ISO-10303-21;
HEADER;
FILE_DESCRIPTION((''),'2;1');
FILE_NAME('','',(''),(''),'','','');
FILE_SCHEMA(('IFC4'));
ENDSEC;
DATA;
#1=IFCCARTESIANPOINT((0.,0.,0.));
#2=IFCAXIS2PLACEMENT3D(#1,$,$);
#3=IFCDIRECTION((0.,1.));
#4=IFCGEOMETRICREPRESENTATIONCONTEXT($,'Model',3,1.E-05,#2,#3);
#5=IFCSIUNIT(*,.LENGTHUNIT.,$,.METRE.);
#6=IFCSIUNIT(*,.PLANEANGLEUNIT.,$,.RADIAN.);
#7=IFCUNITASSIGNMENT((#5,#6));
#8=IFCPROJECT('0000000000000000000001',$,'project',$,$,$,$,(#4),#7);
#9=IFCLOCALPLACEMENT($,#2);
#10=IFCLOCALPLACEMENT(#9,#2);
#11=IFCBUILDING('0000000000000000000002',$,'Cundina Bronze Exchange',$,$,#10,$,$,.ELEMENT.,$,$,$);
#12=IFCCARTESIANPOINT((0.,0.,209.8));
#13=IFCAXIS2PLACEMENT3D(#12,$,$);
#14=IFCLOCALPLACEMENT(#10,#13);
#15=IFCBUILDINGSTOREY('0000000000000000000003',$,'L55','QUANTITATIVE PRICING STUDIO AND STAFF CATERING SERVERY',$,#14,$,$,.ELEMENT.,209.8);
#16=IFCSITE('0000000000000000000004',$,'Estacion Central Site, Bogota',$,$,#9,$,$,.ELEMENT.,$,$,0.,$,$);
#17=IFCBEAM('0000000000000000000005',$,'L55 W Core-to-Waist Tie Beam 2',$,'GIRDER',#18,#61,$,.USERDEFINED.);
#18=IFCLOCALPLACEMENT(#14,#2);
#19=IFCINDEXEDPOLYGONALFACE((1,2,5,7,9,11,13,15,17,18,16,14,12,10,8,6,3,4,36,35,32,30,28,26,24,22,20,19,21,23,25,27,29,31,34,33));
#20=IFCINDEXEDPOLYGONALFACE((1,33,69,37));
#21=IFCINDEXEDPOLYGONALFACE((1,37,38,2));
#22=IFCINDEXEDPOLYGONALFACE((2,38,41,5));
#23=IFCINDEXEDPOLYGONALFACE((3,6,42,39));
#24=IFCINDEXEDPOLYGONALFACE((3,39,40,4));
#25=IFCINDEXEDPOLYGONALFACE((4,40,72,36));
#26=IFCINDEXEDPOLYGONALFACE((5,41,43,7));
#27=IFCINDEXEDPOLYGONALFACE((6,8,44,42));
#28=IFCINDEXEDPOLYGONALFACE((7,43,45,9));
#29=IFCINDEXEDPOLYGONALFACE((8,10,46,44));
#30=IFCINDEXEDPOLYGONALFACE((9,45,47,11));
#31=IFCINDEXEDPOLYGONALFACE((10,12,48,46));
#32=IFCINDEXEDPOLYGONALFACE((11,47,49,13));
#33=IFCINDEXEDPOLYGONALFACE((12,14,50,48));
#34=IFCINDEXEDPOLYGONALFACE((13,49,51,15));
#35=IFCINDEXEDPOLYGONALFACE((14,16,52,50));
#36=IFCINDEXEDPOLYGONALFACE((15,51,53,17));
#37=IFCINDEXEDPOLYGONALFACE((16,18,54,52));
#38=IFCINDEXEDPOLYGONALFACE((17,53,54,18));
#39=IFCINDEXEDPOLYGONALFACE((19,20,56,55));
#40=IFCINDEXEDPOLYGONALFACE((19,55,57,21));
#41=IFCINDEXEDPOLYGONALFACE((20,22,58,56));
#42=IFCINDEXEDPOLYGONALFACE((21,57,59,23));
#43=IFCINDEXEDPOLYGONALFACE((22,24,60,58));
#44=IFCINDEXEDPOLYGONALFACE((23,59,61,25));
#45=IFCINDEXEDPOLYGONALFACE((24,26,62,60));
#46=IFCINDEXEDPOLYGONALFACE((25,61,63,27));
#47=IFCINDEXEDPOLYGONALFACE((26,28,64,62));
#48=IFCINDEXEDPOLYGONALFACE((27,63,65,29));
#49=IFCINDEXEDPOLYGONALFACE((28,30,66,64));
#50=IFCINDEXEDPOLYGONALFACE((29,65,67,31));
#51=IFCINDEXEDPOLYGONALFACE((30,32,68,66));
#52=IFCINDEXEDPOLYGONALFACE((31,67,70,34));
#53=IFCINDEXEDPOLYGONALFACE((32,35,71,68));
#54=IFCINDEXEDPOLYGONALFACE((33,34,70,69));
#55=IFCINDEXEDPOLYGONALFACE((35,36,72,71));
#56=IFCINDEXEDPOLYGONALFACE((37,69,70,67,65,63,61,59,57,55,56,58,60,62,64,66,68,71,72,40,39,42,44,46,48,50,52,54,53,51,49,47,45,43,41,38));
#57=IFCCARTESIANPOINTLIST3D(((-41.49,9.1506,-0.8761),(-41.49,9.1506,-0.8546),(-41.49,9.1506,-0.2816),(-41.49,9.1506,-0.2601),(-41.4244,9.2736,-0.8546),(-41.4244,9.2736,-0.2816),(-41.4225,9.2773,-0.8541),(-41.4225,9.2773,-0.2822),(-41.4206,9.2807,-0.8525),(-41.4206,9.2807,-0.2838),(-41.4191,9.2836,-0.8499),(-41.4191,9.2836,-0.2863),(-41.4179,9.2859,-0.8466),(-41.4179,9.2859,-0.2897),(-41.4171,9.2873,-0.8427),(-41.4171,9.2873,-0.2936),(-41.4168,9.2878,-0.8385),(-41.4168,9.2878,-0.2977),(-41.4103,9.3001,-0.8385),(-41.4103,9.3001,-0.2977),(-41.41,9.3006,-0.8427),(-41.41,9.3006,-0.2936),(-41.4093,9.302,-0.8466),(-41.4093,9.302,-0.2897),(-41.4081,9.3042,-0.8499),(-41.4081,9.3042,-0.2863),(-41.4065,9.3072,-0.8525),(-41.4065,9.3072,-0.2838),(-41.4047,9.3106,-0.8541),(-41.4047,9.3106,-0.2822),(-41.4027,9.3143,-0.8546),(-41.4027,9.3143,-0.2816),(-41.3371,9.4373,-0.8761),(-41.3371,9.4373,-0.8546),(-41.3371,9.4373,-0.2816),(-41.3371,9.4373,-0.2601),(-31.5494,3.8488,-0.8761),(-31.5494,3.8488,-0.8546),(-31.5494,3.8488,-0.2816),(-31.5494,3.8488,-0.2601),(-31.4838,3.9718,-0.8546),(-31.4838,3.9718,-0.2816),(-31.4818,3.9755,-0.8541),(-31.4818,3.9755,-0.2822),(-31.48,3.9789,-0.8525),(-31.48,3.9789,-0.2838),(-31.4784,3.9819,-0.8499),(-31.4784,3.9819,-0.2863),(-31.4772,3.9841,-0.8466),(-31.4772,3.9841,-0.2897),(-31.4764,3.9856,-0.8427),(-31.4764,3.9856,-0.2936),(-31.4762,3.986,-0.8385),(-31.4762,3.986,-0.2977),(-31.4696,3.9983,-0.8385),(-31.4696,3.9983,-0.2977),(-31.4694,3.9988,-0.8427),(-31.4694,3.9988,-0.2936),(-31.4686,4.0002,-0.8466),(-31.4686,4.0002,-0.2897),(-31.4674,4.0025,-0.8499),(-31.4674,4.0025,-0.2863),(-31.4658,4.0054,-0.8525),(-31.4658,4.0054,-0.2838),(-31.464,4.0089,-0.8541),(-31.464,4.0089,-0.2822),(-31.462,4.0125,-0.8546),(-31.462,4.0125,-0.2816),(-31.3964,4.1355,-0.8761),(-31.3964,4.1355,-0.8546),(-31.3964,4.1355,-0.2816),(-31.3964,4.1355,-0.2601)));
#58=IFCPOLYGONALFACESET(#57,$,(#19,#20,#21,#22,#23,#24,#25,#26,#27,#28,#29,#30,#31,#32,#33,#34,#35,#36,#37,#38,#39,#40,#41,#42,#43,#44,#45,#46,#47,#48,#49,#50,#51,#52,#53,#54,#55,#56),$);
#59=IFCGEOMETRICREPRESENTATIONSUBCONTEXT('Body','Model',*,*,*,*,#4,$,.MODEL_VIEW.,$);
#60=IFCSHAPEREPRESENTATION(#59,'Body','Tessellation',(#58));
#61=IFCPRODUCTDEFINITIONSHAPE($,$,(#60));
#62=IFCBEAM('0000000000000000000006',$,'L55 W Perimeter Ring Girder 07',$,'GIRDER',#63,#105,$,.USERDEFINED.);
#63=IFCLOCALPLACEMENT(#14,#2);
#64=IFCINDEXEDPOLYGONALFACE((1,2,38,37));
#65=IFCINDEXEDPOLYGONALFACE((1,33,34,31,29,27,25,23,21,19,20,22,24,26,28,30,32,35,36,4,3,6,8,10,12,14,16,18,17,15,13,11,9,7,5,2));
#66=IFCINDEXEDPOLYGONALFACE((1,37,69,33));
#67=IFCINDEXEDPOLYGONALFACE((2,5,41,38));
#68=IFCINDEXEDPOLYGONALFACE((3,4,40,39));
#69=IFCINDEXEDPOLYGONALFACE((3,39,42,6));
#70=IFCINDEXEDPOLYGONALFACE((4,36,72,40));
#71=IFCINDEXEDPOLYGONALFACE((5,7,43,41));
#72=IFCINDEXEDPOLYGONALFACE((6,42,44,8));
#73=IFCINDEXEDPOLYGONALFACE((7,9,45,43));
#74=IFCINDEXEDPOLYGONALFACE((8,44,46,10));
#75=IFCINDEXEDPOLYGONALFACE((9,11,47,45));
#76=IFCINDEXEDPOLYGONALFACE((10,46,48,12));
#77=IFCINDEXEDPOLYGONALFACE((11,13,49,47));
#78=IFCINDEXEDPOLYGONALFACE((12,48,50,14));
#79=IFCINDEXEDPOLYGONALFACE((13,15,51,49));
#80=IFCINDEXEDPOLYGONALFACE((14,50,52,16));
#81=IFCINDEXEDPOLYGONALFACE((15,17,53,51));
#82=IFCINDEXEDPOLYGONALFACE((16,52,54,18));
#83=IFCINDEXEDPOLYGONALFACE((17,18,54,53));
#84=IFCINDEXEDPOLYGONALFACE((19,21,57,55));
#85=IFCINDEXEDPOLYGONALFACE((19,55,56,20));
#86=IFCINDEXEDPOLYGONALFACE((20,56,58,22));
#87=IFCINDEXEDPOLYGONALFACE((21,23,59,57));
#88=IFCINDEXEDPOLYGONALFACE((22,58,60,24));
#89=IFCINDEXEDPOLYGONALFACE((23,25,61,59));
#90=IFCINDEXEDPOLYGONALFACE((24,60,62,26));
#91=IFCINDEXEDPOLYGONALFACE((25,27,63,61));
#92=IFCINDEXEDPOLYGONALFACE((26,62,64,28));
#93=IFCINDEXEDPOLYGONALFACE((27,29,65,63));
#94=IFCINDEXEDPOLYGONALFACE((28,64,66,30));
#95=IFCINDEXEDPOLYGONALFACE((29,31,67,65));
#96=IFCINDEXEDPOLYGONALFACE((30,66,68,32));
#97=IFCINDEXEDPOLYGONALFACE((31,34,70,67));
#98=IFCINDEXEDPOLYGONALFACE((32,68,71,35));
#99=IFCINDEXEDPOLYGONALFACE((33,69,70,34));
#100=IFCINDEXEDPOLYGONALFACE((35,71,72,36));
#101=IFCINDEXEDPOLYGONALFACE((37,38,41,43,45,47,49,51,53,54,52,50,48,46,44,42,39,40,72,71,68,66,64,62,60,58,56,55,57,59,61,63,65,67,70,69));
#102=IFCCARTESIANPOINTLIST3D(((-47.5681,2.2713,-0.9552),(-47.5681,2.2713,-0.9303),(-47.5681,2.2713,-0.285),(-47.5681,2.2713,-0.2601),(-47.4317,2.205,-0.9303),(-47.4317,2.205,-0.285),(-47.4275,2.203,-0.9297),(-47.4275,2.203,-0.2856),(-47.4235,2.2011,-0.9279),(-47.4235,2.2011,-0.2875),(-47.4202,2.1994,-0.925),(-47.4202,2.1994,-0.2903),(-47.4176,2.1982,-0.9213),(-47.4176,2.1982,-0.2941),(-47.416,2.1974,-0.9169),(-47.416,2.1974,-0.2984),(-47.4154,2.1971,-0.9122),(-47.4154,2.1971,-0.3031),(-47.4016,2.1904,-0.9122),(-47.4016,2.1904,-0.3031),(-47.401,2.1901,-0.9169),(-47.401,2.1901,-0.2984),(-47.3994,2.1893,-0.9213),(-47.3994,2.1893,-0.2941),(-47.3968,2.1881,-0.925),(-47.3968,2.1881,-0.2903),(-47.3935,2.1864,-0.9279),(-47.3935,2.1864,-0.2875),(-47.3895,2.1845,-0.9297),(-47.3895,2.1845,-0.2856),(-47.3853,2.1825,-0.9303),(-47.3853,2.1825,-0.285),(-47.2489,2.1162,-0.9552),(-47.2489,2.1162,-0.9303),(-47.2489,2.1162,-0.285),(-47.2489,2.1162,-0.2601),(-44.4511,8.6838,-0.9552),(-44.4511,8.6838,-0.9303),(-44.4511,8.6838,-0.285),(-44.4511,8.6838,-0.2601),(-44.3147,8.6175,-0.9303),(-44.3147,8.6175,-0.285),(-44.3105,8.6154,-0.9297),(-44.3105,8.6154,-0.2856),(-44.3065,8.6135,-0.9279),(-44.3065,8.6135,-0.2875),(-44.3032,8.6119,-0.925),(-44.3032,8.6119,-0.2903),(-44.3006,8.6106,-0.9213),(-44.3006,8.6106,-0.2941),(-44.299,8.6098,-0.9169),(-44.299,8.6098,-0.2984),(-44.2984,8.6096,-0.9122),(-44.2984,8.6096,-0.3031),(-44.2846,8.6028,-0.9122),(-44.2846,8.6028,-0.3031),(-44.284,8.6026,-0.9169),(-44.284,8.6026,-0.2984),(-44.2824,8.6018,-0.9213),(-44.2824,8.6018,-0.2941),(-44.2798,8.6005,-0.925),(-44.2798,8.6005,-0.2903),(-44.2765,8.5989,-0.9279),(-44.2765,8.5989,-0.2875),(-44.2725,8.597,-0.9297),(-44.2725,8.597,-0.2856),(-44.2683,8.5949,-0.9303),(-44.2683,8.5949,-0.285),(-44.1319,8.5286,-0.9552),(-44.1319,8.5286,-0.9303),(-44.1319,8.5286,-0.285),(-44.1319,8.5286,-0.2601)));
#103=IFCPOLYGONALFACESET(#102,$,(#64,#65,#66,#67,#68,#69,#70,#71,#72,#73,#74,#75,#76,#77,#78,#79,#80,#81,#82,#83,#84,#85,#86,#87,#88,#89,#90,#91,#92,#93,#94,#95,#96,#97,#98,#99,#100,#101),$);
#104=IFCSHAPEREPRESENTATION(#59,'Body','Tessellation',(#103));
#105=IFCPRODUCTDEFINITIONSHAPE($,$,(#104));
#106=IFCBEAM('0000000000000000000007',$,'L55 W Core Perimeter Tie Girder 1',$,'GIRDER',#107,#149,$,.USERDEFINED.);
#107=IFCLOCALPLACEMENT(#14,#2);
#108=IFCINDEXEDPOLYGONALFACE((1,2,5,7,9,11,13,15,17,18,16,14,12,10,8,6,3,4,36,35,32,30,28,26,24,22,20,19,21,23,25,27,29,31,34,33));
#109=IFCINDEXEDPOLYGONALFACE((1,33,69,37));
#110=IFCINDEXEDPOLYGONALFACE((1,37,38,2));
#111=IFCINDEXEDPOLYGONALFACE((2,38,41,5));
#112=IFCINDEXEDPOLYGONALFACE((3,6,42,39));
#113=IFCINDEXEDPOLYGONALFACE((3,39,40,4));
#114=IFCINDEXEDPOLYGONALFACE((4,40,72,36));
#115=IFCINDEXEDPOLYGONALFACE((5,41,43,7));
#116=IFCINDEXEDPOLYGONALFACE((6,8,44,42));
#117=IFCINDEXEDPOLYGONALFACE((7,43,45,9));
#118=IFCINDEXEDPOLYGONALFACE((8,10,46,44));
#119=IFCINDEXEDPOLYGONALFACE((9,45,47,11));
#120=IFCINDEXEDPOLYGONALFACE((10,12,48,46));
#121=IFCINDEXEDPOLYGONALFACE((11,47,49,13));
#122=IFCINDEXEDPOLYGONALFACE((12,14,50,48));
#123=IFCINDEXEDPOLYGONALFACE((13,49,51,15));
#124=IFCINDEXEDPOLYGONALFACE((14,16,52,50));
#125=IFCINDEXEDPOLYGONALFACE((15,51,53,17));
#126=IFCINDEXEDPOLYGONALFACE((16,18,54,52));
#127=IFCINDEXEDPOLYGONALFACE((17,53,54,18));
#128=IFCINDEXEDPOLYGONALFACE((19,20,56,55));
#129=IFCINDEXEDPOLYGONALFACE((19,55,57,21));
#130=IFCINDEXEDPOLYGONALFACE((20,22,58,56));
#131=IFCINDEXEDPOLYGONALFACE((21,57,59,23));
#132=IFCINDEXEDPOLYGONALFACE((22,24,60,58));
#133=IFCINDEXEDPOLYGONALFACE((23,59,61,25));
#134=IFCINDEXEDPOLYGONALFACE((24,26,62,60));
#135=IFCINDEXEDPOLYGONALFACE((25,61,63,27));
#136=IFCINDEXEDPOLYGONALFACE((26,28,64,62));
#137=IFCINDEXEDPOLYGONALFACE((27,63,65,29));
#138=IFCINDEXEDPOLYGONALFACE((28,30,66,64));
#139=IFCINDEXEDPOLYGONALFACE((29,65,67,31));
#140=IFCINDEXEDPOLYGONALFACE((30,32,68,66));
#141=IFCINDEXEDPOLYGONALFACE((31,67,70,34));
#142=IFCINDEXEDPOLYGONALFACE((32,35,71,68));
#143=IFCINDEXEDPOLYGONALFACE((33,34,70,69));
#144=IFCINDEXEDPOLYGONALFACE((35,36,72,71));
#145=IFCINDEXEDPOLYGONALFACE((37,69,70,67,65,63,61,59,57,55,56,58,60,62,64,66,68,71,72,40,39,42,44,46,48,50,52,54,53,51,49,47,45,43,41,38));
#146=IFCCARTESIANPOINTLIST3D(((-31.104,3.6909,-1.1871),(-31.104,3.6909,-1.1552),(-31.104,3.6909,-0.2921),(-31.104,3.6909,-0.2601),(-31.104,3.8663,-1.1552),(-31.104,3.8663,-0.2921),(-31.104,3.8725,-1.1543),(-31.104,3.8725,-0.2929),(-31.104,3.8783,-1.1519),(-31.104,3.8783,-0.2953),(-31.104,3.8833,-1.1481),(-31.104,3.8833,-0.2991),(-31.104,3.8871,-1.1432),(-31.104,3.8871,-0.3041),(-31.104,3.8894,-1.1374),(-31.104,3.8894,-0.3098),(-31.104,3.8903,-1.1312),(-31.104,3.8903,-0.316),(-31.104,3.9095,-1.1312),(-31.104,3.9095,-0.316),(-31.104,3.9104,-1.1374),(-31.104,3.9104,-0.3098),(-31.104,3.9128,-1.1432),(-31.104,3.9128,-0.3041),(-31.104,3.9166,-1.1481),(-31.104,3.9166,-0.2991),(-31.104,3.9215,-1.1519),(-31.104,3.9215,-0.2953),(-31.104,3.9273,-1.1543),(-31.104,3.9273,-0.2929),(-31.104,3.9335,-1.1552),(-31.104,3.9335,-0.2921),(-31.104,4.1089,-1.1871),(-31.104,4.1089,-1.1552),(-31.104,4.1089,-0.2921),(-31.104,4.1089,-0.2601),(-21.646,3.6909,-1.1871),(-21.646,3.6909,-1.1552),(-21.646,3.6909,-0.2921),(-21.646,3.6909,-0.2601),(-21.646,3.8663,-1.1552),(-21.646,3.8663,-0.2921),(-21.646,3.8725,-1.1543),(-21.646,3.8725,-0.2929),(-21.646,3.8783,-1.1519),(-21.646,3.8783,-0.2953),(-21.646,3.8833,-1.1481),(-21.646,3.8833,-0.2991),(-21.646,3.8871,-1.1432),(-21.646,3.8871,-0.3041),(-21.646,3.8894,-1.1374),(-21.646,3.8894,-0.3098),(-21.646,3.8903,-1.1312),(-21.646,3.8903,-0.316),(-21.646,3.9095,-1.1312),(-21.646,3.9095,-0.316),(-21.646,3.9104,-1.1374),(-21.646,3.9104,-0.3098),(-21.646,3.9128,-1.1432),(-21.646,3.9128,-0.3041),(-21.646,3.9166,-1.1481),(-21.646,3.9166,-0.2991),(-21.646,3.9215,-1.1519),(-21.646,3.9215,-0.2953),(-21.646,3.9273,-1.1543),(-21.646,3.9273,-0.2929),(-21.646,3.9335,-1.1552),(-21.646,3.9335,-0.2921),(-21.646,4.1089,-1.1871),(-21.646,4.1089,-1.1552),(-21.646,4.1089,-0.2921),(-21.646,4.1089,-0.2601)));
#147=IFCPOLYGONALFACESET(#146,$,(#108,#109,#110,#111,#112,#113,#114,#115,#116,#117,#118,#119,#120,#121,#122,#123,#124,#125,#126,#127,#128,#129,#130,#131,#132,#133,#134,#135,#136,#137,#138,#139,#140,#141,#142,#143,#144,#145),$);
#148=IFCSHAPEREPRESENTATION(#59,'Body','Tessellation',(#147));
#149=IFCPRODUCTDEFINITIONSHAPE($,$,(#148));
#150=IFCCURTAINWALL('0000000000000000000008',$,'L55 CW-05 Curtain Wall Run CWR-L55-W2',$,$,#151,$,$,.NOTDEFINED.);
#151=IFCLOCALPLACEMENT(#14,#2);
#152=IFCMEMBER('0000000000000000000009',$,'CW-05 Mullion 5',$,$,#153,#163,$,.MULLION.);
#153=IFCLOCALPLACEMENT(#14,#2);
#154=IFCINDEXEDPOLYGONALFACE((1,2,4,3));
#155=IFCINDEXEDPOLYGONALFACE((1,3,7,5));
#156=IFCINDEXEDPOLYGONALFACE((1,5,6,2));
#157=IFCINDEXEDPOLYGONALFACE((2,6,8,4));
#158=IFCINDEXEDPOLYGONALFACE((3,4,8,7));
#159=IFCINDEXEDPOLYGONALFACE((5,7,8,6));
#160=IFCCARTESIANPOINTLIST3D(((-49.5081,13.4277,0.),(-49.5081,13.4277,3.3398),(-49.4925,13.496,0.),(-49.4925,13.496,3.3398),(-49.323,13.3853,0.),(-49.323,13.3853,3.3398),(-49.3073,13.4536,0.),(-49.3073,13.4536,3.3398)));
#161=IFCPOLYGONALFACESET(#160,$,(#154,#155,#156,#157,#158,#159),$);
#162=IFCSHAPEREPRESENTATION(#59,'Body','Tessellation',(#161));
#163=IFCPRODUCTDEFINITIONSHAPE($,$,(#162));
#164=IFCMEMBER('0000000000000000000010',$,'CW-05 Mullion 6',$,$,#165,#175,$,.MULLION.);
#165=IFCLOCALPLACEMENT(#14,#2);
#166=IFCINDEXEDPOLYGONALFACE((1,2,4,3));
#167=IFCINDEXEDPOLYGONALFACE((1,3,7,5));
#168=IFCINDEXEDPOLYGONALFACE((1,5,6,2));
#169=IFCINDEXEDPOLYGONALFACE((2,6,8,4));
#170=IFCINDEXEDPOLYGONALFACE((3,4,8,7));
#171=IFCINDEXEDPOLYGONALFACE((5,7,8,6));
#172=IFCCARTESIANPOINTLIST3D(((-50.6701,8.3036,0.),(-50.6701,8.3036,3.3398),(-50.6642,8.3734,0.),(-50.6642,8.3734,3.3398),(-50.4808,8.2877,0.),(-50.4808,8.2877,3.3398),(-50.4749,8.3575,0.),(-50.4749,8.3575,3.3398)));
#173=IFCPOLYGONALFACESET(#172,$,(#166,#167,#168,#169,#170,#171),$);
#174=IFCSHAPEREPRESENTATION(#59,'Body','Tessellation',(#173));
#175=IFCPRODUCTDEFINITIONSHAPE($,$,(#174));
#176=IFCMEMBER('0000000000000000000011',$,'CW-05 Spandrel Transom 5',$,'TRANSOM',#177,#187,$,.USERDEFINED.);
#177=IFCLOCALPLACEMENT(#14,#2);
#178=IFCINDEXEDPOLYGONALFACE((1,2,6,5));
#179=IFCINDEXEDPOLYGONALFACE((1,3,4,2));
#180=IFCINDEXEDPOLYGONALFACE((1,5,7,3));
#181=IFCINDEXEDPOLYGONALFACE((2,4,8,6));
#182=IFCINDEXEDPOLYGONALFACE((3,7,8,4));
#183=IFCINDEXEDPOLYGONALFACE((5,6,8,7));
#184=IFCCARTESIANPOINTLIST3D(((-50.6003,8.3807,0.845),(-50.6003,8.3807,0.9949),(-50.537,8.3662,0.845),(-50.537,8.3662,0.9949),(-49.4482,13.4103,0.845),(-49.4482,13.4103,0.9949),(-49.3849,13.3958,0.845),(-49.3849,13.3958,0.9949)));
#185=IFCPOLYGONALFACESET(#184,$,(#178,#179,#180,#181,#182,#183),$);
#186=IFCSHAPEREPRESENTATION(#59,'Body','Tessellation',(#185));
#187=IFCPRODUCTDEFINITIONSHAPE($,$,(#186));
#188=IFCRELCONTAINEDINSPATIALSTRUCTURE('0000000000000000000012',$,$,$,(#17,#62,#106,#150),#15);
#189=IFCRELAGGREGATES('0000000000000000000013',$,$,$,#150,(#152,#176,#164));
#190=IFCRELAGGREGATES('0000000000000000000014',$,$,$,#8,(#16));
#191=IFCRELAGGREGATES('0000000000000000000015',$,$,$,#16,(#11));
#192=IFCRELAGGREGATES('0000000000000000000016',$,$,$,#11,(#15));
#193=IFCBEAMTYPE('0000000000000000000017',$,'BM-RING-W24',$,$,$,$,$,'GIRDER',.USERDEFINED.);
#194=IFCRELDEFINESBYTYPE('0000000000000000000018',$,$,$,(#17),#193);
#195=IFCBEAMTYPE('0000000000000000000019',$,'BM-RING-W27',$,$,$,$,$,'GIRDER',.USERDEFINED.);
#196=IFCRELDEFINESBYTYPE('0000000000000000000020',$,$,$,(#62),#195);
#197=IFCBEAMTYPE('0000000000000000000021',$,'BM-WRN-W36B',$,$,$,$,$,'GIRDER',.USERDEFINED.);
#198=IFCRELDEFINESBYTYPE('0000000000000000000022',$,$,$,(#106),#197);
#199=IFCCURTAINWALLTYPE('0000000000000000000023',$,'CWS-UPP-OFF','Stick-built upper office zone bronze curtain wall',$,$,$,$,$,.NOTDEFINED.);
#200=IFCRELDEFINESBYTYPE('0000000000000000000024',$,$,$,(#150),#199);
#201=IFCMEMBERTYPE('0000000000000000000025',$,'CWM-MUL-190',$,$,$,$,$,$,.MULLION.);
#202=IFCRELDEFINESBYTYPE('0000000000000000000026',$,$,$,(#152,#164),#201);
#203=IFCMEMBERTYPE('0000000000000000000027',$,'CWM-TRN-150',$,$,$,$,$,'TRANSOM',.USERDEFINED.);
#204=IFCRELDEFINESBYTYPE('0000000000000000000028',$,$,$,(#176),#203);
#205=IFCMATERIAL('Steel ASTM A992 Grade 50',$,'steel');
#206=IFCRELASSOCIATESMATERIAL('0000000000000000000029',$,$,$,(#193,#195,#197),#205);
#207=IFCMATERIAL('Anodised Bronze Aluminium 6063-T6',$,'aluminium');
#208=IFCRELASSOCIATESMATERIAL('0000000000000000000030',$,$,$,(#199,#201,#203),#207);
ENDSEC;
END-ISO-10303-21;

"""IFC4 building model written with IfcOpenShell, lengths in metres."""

from ifc_helpers import new_model, si_unit, direction, frame, origin, origin_2d, place, context, subcontext, project, spatial, rectangle, i_section, extrude, material, material_profile, profile_set, type_object, element, aggregate, save


model = new_model("IFC4")

# Units and contexts
model_context = context("Model", 3, precision=1e-05, world=origin(), true_north=direction((0.0, 1.0)))
body_context = subcontext(model_context, "Body", "Model", "MODEL_VIEW")
ifc_project = project(units=[si_unit("LENGTHUNIT", "METRE"), si_unit("PLANEANGLEUNIT", "RADIAN")], contexts=[model_context])

# Site, building, storey
site_placement = place(None, origin())
site = spatial("IfcSite", under=ifc_project, at=site_placement, Name="Estacion Central Site, Bogota", CompositionType="ELEMENT", RefElevation=0.0)
building_placement = place(site_placement, origin())
building = spatial("IfcBuilding", under=site, at=building_placement, Name="Cundina Bronze Exchange", CompositionType="ELEMENT")
storey_placement = place(building_placement, frame((0.0, 0.0, 209.8)))
storey = spatial("IfcBuildingStorey", under=building, at=storey_placement, Name="L55", Description="QUANTITATIVE PRICING STUDIO AND STAFF CATERING SERVERY", CompositionType="ELEMENT", Elevation=209.8)

# Shared definitions
ifc_material_1 = material(Name="Steel ASTM A992 Grade 50", Category="steel")

# Beams
ifc_material_profile_1 = material_profile(ifc_material_1, i_section(OverallWidth=0.325, OverallDepth=0.616, WebThickness=0.0139, FlangeThickness=0.0215, FilletRadius=0.0161, at=origin_2d()), Name="W24X117", Category="steel")
ifc_profile_set_1 = profile_set([ifc_material_profile_1], Name="Steel ASTM A992 Grade 50")
beam_type_1 = type_object("IfcBeamType", Name="BM-RING-W24", ElementType="GIRDER", PredefinedType="USERDEFINED", material=ifc_profile_set_1)
beam_1_placement = place(storey_placement, frame((-31.4729, 3.9922, -0.5681), z_axis=(-0.882351, 0.470593, 0.0), x_axis=(-0.470593, -0.882351, 0.0)))
element("IfcBeam", 1, at=beam_1_placement, inside=storey, type_object=beam_type_1, Name="L55 W Core-to-Waist Tie Beam 2", ObjectType="GIRDER", PredefinedType="USERDEFINED", context=body_context, shape_type="SweptSolid", body=[
    extrude(i_section(OverallWidth=0.325, OverallDepth=0.616, WebThickness=0.0139, FlangeThickness=0.0215, FilletRadius=0.0161, at=origin_2d()), origin(), (0.0, 0.0, 1.0), 11.2661),
])
ifc_material_profile_2 = material_profile(ifc_material_1, i_section(OverallWidth=0.355, OverallDepth=0.6951, WebThickness=0.0154, FlangeThickness=0.0249, FilletRadius=0.0181, at=origin_2d()), Name="W27X146", Category="steel")
ifc_profile_set_2 = profile_set([ifc_material_profile_2], Name="Steel ASTM A992 Grade 50")
beam_type_2 = type_object("IfcBeamType", Name="BM-RING-W27", ElementType="GIRDER", PredefinedType="USERDEFINED", material=ifc_profile_set_2)
beam_2_placement = place(storey_placement, frame((-44.2915, 8.6062, -0.6077), z_axis=(-0.437173, -0.899377, 0.0), x_axis=(0.899377, -0.437173, 0.0)))
element("IfcBeam", 2, at=beam_2_placement, inside=storey, type_object=beam_type_2, Name="L55 W Perimeter Ring Girder 07", ObjectType="GIRDER", PredefinedType="USERDEFINED", context=body_context, shape_type="SweptSolid", body=[
    extrude(i_section(OverallWidth=0.355, OverallDepth=0.6951, WebThickness=0.0154, FlangeThickness=0.0249, FilletRadius=0.0181, at=origin_2d()), origin(), (0.0, 0.0, 1.0), 7.1299),
])
ifc_material_profile_3 = material_profile(ifc_material_1, i_section(OverallWidth=0.418, OverallDepth=0.927, WebThickness=0.0193, FlangeThickness=0.032, FilletRadius=0.0239, at=origin_2d()), Name="W36X231", Category="steel")
ifc_profile_set_3 = profile_set([ifc_material_profile_3], Name="Steel ASTM A992 Grade 50")
beam_type_3 = type_object("IfcBeamType", Name="BM-WRN-W36B", ElementType="GIRDER", PredefinedType="USERDEFINED", material=ifc_profile_set_3)
beam_3_placement = place(storey_placement, frame((-31.104, 3.8999, -0.7236), z_axis=(1.0, 0.0, 0.0), x_axis=(0.0, 1.0, 0.0)))
element("IfcBeam", 3, at=beam_3_placement, inside=storey, type_object=beam_type_3, Name="L55 W Core Perimeter Tie Girder 1", ObjectType="GIRDER", PredefinedType="USERDEFINED", context=body_context, shape_type="SweptSolid", body=[
    extrude(i_section(OverallWidth=0.418, OverallDepth=0.927, WebThickness=0.0193, FlangeThickness=0.032, FilletRadius=0.0239, at=origin_2d()), origin(), (0.0, 0.0, 1.0), 9.458),
])

# Curtain wall, members
ifc_material_2 = material(Name="Anodised Bronze Aluminium 6063-T6", Category="aluminium")
curtain_wall_type = type_object("IfcCurtainWallType", Name="CWS-UPP-OFF", Description="Stick-built upper office zone bronze curtain wall", PredefinedType="NOTDEFINED", material=ifc_material_2)
curtain_wall_placement = place(storey_placement, origin())
curtain_wall = element("IfcCurtainWall", 4, at=curtain_wall_placement, inside=storey, type_object=curtain_wall_type, Name="L55 CW-05 Curtain Wall Run CWR-L55-W2", PredefinedType="NOTDEFINED")
ifc_material_profile_4 = material_profile(ifc_material_2, rectangle(XDim=0.0701, YDim=0.1899, at=origin_2d()), Name="AL70X190", Category="aluminium")
ifc_profile_set_4 = profile_set([ifc_material_profile_4], Name="Anodised Bronze Aluminium 6063-T6")
member_type_1 = type_object("IfcMemberType", Name="CWM-MUL-190", PredefinedType="MULLION", material=ifc_profile_set_4)
member_1_placement = place(storey_placement, frame((-49.4077, 13.4407, 0.0), z_axis=(0.0, 0.0, 1.0), x_axis=(-0.22325, -0.974761, 0.0)))
member_1 = element("IfcMember", 5, at=member_1_placement, type_object=member_type_1, Name="CW-05 Mullion 5", PredefinedType="MULLION", context=body_context, shape_type="SweptSolid", body=[
    extrude(rectangle(XDim=0.0701, YDim=0.1899, at=origin_2d()), origin(), (0.0, 0.0, 1.0), 3.3398),
])
member_2_placement = place(storey_placement, frame((-50.5725, 8.3306, 0.0), z_axis=(0.0, 0.0, 1.0), x_axis=(-0.083678, -0.996493, 0.0)))
member_2 = element("IfcMember", 6, at=member_2_placement, type_object=member_type_1, Name="CW-05 Mullion 6", PredefinedType="MULLION", context=body_context, shape_type="SweptSolid", body=[
    extrude(rectangle(XDim=0.0701, YDim=0.1899, at=origin_2d()), origin(), (0.0, 0.0, 1.0), 3.3398),
])
ifc_material_profile_5 = material_profile(ifc_material_2, rectangle(XDim=0.0649, YDim=0.1499, at=origin_2d()), Name="AL65X150", Category="aluminium")
ifc_profile_set_5 = profile_set([ifc_material_profile_5], Name="Anodised Bronze Aluminium 6063-T6")
member_type_2 = type_object("IfcMemberType", Name="CWM-TRN-150", ElementType="TRANSOM", PredefinedType="USERDEFINED", material=ifc_profile_set_5)
member_3_placement = place(storey_placement, frame((-49.4165, 13.4031, 0.9199), z_axis=(-0.223283, -0.974754, 0.0), x_axis=(0.974754, -0.223283, 0.0)))
member_3 = element("IfcMember", 7, at=member_3_placement, type_object=member_type_2, Name="CW-05 Spandrel Transom 5", ObjectType="TRANSOM", PredefinedType="USERDEFINED", context=body_context, shape_type="SweptSolid", body=[
    extrude(rectangle(XDim=0.0649, YDim=0.1499, at=origin_2d()), origin(), (0.0, 0.0, 1.0), 5.1599),
])
aggregate(curtain_wall, [member_1, member_3, member_2])

save(model, "model.ifc")
